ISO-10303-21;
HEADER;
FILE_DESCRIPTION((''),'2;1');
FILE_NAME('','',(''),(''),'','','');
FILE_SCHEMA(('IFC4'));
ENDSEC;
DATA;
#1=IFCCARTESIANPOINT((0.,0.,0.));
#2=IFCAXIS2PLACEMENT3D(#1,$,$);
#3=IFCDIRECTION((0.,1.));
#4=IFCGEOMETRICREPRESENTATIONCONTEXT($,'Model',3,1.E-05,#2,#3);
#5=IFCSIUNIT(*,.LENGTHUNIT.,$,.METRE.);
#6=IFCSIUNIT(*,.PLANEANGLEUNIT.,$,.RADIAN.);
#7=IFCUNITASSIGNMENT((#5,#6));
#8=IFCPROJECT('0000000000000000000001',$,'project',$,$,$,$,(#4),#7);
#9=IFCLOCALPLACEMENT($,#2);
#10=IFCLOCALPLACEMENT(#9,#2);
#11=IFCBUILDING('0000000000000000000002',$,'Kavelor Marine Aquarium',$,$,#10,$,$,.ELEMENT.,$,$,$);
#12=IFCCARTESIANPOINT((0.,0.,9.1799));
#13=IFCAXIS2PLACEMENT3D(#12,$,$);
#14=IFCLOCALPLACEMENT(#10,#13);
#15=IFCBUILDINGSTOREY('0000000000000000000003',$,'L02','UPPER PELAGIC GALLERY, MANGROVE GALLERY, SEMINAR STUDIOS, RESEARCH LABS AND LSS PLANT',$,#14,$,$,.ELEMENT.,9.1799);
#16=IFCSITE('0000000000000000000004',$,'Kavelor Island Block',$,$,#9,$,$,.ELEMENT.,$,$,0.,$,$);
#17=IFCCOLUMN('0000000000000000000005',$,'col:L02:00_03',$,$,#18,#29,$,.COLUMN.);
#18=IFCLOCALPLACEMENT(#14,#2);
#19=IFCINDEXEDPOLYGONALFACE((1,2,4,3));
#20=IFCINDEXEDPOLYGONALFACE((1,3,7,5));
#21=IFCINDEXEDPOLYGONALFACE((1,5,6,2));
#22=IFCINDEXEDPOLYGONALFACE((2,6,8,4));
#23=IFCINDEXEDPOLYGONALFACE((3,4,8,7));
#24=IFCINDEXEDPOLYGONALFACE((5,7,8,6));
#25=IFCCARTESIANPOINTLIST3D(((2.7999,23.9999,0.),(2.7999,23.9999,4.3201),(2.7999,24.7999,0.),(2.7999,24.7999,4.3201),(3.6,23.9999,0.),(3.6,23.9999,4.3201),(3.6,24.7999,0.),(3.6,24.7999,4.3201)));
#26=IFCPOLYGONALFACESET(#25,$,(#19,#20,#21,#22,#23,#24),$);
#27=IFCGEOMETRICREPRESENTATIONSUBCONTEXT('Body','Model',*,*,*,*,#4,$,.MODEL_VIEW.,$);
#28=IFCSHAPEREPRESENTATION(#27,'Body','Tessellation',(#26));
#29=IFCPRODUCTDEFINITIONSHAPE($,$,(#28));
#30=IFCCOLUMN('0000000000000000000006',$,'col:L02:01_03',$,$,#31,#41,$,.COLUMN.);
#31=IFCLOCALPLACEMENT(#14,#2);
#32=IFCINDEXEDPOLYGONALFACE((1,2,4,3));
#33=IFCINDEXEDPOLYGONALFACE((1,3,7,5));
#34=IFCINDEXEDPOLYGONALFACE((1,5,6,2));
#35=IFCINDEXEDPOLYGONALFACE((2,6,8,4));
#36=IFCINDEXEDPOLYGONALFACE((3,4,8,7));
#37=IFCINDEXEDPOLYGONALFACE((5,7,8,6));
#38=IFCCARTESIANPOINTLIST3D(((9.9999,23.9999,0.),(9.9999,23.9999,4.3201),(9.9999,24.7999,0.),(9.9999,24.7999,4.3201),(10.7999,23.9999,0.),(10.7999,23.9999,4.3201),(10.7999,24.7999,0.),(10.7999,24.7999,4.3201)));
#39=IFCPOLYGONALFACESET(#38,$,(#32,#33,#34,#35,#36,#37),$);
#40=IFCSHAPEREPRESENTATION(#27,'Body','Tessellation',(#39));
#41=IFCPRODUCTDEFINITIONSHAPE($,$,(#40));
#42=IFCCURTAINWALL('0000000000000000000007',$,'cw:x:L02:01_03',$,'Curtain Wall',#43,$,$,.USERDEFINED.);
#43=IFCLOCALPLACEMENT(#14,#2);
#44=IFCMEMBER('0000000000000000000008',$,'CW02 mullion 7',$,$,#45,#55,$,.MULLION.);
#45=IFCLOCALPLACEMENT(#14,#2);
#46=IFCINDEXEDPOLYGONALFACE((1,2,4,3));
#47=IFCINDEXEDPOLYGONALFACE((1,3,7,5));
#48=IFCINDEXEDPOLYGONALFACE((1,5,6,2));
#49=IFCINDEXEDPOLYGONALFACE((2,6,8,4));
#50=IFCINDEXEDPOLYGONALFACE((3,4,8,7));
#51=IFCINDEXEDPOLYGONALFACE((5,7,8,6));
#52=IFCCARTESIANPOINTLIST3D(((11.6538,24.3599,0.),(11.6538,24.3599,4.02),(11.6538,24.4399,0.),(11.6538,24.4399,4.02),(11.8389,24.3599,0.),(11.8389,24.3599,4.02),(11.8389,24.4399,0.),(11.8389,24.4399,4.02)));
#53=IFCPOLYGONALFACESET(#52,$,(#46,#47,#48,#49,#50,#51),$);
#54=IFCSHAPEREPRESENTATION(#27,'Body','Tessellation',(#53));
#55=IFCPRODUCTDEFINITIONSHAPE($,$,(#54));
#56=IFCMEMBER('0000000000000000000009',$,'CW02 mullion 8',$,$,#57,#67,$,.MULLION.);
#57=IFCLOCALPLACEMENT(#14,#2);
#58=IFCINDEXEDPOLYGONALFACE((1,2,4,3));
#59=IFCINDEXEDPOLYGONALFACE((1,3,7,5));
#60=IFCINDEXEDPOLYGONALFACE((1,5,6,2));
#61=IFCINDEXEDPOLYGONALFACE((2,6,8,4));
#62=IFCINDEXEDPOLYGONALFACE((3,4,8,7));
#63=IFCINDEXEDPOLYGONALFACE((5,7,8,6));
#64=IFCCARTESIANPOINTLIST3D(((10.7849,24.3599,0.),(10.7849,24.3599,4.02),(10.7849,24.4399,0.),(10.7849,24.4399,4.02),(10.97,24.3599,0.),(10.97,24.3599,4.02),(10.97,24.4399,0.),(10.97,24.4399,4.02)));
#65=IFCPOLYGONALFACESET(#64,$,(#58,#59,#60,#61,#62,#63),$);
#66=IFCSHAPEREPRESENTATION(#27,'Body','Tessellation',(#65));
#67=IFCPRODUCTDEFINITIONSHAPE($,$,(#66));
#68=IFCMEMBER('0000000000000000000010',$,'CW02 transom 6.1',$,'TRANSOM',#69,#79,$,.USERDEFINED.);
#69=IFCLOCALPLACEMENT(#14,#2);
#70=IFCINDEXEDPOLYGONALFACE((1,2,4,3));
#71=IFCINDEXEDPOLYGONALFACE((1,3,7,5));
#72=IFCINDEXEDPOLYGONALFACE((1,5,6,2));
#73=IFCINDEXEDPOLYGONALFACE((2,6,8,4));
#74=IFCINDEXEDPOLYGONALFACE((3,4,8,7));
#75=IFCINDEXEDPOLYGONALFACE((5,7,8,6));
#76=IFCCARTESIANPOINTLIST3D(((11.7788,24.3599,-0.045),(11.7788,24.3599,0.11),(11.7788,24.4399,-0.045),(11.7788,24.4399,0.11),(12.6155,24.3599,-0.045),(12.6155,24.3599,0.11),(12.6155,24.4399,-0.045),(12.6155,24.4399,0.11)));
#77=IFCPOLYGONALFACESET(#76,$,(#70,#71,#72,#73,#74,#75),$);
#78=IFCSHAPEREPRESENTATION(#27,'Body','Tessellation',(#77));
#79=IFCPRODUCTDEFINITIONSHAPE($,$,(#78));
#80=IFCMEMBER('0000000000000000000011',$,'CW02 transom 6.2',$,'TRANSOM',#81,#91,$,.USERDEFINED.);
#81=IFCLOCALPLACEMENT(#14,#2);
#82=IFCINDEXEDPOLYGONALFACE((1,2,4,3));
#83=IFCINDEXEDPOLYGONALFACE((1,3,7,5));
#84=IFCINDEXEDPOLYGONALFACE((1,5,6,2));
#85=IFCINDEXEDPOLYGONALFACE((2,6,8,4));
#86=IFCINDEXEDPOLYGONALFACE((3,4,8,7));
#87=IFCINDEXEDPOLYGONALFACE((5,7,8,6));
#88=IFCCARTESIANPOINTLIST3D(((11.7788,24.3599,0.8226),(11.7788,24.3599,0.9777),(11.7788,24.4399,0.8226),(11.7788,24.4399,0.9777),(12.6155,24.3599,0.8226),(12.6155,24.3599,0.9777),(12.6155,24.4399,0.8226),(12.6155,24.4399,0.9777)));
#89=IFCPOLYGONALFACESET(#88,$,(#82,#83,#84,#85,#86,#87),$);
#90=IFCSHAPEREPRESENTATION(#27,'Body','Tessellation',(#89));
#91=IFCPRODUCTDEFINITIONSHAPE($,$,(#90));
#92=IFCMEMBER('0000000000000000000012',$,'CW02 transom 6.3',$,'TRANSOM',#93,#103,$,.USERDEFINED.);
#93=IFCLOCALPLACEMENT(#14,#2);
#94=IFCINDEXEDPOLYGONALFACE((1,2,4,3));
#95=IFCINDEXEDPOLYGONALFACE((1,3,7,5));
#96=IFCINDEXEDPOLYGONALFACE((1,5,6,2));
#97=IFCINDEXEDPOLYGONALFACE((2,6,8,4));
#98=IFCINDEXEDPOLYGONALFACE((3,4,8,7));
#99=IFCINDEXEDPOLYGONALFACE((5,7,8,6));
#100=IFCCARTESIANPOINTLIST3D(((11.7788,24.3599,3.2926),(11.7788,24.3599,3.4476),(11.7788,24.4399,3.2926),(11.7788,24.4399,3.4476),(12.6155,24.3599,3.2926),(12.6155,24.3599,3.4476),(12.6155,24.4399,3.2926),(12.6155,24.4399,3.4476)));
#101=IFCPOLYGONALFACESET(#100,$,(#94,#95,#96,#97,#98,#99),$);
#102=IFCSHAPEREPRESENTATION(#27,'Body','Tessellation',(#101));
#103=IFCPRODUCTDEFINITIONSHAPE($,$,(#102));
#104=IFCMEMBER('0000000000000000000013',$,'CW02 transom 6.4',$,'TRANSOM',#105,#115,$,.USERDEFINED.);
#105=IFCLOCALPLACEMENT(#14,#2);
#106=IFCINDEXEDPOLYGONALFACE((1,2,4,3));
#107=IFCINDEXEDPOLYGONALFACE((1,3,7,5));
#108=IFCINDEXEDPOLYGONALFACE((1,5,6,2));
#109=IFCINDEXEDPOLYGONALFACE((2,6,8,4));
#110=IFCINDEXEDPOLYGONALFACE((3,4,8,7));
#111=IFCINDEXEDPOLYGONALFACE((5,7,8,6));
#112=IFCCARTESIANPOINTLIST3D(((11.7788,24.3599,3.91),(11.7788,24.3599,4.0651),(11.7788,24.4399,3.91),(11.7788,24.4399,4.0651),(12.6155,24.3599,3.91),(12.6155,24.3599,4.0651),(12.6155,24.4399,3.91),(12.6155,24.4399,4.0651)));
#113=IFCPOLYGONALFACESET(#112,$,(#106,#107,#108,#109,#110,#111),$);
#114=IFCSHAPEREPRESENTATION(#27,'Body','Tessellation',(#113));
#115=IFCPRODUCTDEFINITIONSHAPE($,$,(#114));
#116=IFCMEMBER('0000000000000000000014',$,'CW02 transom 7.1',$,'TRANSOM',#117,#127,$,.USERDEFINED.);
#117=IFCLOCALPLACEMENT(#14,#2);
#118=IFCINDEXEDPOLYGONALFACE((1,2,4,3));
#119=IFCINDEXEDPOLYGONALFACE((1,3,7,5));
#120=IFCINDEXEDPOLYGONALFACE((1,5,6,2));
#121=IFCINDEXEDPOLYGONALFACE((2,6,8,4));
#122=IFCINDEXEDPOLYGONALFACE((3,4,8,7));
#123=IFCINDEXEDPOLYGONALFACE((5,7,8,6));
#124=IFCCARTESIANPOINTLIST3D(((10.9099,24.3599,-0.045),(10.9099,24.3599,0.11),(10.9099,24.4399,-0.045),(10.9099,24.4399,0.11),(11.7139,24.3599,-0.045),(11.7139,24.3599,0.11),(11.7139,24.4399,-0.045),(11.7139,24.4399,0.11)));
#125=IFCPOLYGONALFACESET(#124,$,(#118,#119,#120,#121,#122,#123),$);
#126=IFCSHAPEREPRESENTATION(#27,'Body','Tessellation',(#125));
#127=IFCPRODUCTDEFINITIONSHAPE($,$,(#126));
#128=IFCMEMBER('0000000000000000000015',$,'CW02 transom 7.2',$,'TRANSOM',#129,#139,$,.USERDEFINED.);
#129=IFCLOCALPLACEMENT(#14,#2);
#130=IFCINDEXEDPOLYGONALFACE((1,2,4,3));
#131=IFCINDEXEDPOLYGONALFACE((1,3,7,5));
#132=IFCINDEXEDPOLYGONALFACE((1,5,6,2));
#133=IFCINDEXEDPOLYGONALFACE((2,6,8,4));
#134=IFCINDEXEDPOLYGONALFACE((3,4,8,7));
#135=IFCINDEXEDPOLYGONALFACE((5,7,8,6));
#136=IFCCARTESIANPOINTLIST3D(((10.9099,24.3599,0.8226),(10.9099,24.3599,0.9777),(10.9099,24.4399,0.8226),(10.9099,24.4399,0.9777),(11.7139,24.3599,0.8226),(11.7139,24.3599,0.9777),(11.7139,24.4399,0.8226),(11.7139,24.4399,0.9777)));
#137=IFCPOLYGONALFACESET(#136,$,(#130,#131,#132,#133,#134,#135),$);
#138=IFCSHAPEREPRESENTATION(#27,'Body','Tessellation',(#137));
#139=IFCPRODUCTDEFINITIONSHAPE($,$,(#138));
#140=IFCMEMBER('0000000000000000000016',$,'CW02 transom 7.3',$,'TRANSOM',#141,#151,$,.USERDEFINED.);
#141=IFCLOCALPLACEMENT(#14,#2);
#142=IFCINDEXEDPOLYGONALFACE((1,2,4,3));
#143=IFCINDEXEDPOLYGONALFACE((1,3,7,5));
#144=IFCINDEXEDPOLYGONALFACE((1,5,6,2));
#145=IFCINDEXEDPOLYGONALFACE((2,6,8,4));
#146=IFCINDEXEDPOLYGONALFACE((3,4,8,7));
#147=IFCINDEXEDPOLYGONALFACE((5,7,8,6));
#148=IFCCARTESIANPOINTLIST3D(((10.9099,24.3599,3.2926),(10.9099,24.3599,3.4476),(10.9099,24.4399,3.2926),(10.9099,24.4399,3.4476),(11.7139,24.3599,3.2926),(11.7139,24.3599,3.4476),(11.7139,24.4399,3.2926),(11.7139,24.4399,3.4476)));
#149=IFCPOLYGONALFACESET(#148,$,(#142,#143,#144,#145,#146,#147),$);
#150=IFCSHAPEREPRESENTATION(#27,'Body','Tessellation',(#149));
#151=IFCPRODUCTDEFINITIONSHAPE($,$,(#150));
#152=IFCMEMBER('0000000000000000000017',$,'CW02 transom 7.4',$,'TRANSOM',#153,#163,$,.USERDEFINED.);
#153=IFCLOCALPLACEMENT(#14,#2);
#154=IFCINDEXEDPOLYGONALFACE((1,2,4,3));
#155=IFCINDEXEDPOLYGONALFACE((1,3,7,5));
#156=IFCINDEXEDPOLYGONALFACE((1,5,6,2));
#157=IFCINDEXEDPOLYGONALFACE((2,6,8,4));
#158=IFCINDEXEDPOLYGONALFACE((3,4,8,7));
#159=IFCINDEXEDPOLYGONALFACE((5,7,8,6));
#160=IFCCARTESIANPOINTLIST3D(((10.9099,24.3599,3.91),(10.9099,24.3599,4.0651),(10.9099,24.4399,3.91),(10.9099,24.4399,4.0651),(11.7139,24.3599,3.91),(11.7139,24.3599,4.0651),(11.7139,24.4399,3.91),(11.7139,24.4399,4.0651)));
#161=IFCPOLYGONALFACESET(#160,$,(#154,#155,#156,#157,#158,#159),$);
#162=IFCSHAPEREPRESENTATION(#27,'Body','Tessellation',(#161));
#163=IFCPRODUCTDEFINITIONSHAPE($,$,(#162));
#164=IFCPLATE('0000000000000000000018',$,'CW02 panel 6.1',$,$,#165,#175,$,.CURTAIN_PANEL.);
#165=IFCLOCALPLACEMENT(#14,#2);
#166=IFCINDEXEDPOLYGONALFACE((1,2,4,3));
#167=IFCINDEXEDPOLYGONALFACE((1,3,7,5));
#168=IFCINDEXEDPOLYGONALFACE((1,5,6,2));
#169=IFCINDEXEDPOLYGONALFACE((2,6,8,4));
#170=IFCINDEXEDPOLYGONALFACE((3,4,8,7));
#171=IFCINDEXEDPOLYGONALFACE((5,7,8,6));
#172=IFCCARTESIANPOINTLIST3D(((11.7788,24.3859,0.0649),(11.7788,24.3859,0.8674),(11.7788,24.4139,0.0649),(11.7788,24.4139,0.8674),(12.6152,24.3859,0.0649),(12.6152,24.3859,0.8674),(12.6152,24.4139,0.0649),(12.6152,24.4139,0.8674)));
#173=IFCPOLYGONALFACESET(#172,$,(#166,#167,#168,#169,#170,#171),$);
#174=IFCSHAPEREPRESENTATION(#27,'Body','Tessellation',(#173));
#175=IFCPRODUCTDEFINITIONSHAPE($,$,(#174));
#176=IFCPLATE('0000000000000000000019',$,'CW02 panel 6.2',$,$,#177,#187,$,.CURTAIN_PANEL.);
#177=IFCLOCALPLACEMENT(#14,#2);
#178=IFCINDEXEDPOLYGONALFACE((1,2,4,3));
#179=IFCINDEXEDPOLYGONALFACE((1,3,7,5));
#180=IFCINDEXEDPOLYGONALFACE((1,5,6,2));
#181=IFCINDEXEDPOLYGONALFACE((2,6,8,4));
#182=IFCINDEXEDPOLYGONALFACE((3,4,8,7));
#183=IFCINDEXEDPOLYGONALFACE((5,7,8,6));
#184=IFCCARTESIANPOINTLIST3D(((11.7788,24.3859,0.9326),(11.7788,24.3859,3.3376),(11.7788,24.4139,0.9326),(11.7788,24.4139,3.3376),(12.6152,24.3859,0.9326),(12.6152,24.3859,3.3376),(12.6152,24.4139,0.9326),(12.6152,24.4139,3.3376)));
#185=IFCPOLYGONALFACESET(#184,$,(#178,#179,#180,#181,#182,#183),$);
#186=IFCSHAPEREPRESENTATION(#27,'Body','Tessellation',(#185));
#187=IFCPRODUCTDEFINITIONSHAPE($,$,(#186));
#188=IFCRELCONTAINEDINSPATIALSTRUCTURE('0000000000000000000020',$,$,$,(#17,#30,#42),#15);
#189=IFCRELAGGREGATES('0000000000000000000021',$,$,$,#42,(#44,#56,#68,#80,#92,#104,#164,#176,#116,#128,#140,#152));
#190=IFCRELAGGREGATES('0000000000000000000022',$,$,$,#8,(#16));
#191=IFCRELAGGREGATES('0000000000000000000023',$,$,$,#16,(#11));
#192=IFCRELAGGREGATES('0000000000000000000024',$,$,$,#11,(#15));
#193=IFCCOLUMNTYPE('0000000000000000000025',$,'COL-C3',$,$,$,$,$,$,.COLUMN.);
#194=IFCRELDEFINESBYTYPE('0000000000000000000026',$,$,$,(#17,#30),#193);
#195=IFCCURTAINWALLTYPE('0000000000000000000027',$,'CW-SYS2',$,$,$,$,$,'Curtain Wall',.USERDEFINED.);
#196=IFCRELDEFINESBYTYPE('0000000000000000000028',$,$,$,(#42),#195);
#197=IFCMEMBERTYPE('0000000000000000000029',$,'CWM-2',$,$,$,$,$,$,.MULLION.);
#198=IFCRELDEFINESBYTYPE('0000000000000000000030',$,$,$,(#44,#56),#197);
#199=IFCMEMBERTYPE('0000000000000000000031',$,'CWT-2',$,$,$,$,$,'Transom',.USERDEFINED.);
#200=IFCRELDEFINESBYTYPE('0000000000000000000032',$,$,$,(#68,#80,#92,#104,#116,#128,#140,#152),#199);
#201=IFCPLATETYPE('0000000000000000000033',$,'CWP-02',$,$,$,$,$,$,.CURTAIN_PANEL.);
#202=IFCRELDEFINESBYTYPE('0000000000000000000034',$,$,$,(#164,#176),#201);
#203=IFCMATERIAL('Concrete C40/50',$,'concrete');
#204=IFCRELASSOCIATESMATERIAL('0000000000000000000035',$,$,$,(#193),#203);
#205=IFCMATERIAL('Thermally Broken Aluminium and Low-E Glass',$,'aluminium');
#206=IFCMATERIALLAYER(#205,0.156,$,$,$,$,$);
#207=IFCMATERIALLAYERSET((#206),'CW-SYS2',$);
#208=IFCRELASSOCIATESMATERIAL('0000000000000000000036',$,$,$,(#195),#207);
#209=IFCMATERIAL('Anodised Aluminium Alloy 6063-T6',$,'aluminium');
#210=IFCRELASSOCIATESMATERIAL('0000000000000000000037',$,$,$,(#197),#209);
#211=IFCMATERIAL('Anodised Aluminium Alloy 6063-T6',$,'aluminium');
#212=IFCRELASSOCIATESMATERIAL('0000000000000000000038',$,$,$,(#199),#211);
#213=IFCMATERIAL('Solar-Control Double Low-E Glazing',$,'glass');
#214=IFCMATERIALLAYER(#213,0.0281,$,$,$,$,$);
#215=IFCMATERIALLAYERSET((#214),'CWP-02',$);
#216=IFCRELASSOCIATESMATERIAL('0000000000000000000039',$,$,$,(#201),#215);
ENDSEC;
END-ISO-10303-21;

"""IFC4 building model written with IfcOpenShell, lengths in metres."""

from ifc_helpers import new_model, si_unit, direction, frame, origin, origin_2d, place, context, subcontext, project, spatial, rectangle, extrude, material, layer, layer_set, material_profile, profile_set, type_object, element, aggregate, save


model = new_model("IFC4")

# Units and contexts
model_context = context("Model", 3, precision=1e-05, world=origin(), true_north=direction((0.0, 1.0)))
body_context = subcontext(model_context, "Body", "Model", "MODEL_VIEW")
ifc_project = project(units=[si_unit("LENGTHUNIT", "METRE"), si_unit("PLANEANGLEUNIT", "RADIAN")], contexts=[model_context])

# Site, building, storey
site_placement = place(None, origin())
site = spatial("IfcSite", under=ifc_project, at=site_placement, Name="Kavelor Island Block", CompositionType="ELEMENT", RefElevation=0.0)
building_placement = place(site_placement, origin())
building = spatial("IfcBuilding", under=site, at=building_placement, Name="Kavelor Marine Aquarium", CompositionType="ELEMENT")
storey_placement = place(building_placement, frame((0.0, 0.0, 9.1799)))
storey = spatial("IfcBuildingStorey", under=building, at=storey_placement, Name="L02", Description="UPPER PELAGIC GALLERY, MANGROVE GALLERY, SEMINAR STUDIOS, RESEARCH LABS AND LSS PLANT", CompositionType="ELEMENT", Elevation=9.1799)

# Columns
ifc_material_1 = material(Name="Concrete C40/50", Category="concrete")
ifc_material_profile_1 = material_profile(ifc_material_1, rectangle(XDim=0.8, YDim=0.8, at=origin_2d()), Name="RC-COL 800x800")
ifc_profile_set_1 = profile_set([ifc_material_profile_1], Name="Concrete C40/50")
column_type = type_object("IfcColumnType", Name="COL-C3", PredefinedType="COLUMN", material=ifc_profile_set_1)
for number, where, z_axis, x_axis, name in (
    (1, (3.2, 24.3999, 0.0), (0.0, 0.0, 1.0), (1.0, 0.0, 0.0), "col:L02:00_03"),
    (2, (10.3999, 24.3999, 0.0), (0.0, 0.0, 1.0), (1.0, 0.0, 0.0), "col:L02:01_03"),
):
    element("IfcColumn", number, at=place(storey_placement, frame(where, z_axis=z_axis, x_axis=x_axis)), inside=storey, type_object=column_type, Name=name, PredefinedType="COLUMN", context=body_context, shape_type="SweptSolid", body=[
        extrude(rectangle(XDim=0.8, YDim=0.8, at=origin_2d()), origin(), (0.0, 0.0, 1.0), 4.3201),
    ])

# Curtain wall, members, plates
ifc_material_2 = material(Name="Thermally Broken Aluminium and Low-E Glass", Category="aluminium")
ifc_layer_1 = layer(ifc_material_2, 0.156)
ifc_layer_set_1 = layer_set([ifc_layer_1], Name="CW-SYS2")
curtain_wall_type = type_object("IfcCurtainWallType", Name="CW-SYS2", ElementType="Curtain Wall", PredefinedType="USERDEFINED", material=ifc_layer_set_1)
curtain_wall_placement = place(storey_placement, origin())
curtain_wall = element("IfcCurtainWall", 3, at=curtain_wall_placement, inside=storey, type_object=curtain_wall_type, Name="cw:x:L02:01_03", ObjectType="Curtain Wall", PredefinedType="USERDEFINED")
ifc_material_3 = material(Name="Anodised Aluminium Alloy 6063-T6", Category="aluminium")
ifc_material_profile_2 = material_profile(ifc_material_3, rectangle(XDim=0.0801, YDim=0.1851, at=origin_2d()), Name="CW-MUL 80x185")
ifc_profile_set_2 = profile_set([ifc_material_profile_2], Name="Anodised Aluminium Alloy 6063-T6")
member_type_1 = type_object("IfcMemberType", Name="CWM-2", PredefinedType="MULLION", material=ifc_profile_set_2)
member_1_placement = place(storey_placement, frame((11.7463, 24.3999, 0.0), z_axis=(0.0, 0.0, 1.0), x_axis=(0.0, -1.0, 0.0)))
member_1 = element("IfcMember", 4, at=member_1_placement, type_object=member_type_1, Name="CW02 mullion 7", PredefinedType="MULLION", context=body_context, shape_type="SweptSolid", body=[
    extrude(rectangle(XDim=0.0801, YDim=0.1851, at=origin_2d()), origin(), (0.0, 0.0, 1.0), 4.02),
])
member_2_placement = place(storey_placement, frame((10.8774, 24.3999, 0.0), z_axis=(0.0, 0.0, 1.0), x_axis=(0.0, -1.0, 0.0)))
member_2 = element("IfcMember", 5, at=member_2_placement, type_object=member_type_1, Name="CW02 mullion 8", PredefinedType="MULLION", context=body_context, shape_type="SweptSolid", body=[
    extrude(rectangle(XDim=0.0801, YDim=0.1851, at=origin_2d()), origin(), (0.0, 0.0, 1.0), 4.02),
])
ifc_material_4 = material(Name="Anodised Aluminium Alloy 6063-T6", Category="aluminium")
ifc_material_profile_3 = material_profile(ifc_material_4, rectangle(XDim=0.0801, YDim=0.155, at=origin_2d()), Name="CW-TRN 80x155")
ifc_profile_set_3 = profile_set([ifc_material_profile_3], Name="Anodised Aluminium Alloy 6063-T6")
member_type_2 = type_object("IfcMemberType", Name="CWT-2", ElementType="Transom", PredefinedType="USERDEFINED", material=ifc_profile_set_3)
member_3_placement = place(storey_placement, frame((12.6155, 24.3999, 0.0325), z_axis=(-1.0, 0.0, 0.0), x_axis=(0.0, -1.0, 0.0)))
member_3 = element("IfcMember", 6, at=member_3_placement, type_object=member_type_2, Name="CW02 transom 6.1", ObjectType="TRANSOM", PredefinedType="USERDEFINED", context=body_context, shape_type="SweptSolid", body=[
    extrude(rectangle(XDim=0.0801, YDim=0.155, at=origin_2d()), origin(), (0.0, 0.0, 1.0), 0.8367),
])
member_4_placement = place(storey_placement, frame((12.6155, 24.3999, 0.9001), z_axis=(-1.0, 0.0, 0.0), x_axis=(0.0, -1.0, 0.0)))
member_4 = element("IfcMember", 7, at=member_4_placement, type_object=member_type_2, Name="CW02 transom 6.2", ObjectType="TRANSOM", PredefinedType="USERDEFINED", context=body_context, shape_type="SweptSolid", body=[
    extrude(rectangle(XDim=0.0801, YDim=0.155, at=origin_2d()), origin(), (0.0, 0.0, 1.0), 0.8367),
])
member_5_placement = place(storey_placement, frame((12.6155, 24.3999, 3.3701), z_axis=(-1.0, 0.0, 0.0), x_axis=(0.0, -1.0, 0.0)))
member_5 = element("IfcMember", 8, at=member_5_placement, type_object=member_type_2, Name="CW02 transom 6.3", ObjectType="TRANSOM", PredefinedType="USERDEFINED", context=body_context, shape_type="SweptSolid", body=[
    extrude(rectangle(XDim=0.0801, YDim=0.155, at=origin_2d()), origin(), (0.0, 0.0, 1.0), 0.8367),
])
member_6_placement = place(storey_placement, frame((12.6155, 24.3999, 3.9875), z_axis=(-1.0, 0.0, 0.0), x_axis=(0.0, -1.0, 0.0)))
member_6 = element("IfcMember", 9, at=member_6_placement, type_object=member_type_2, Name="CW02 transom 6.4", ObjectType="TRANSOM", PredefinedType="USERDEFINED", context=body_context, shape_type="SweptSolid", body=[
    extrude(rectangle(XDim=0.0801, YDim=0.155, at=origin_2d()), origin(), (0.0, 0.0, 1.0), 0.8367),
])
member_7_placement = place(storey_placement, frame((11.7139, 24.3999, 0.0325), z_axis=(-1.0, 0.0, 0.0), x_axis=(0.0, -1.0, 0.0)))
member_7 = element("IfcMember", 10, at=member_7_placement, type_object=member_type_2, Name="CW02 transom 7.1", ObjectType="TRANSOM", PredefinedType="USERDEFINED", context=body_context, shape_type="SweptSolid", body=[
    extrude(rectangle(XDim=0.0801, YDim=0.155, at=origin_2d()), origin(), (0.0, 0.0, 1.0), 0.804),
])
member_8_placement = place(storey_placement, frame((11.7139, 24.3999, 0.9001), z_axis=(-1.0, 0.0, 0.0), x_axis=(0.0, -1.0, 0.0)))
member_8 = element("IfcMember", 11, at=member_8_placement, type_object=member_type_2, Name="CW02 transom 7.2", ObjectType="TRANSOM", PredefinedType="USERDEFINED", context=body_context, shape_type="SweptSolid", body=[
    extrude(rectangle(XDim=0.0801, YDim=0.155, at=origin_2d()), origin(), (0.0, 0.0, 1.0), 0.804),
])
member_9_placement = place(storey_placement, frame((11.7139, 24.3999, 3.3701), z_axis=(-1.0, 0.0, 0.0), x_axis=(0.0, -1.0, 0.0)))
member_9 = element("IfcMember", 12, at=member_9_placement, type_object=member_type_2, Name="CW02 transom 7.3", ObjectType="TRANSOM", PredefinedType="USERDEFINED", context=body_context, shape_type="SweptSolid", body=[
    extrude(rectangle(XDim=0.0801, YDim=0.155, at=origin_2d()), origin(), (0.0, 0.0, 1.0), 0.804),
])
member_10_placement = place(storey_placement, frame((11.7139, 24.3999, 3.9875), z_axis=(-1.0, 0.0, 0.0), x_axis=(0.0, -1.0, 0.0)))
member_10 = element("IfcMember", 13, at=member_10_placement, type_object=member_type_2, Name="CW02 transom 7.4", ObjectType="TRANSOM", PredefinedType="USERDEFINED", context=body_context, shape_type="SweptSolid", body=[
    extrude(rectangle(XDim=0.0801, YDim=0.155, at=origin_2d()), origin(), (0.0, 0.0, 1.0), 0.804),
])
ifc_material_5 = material(Name="Solar-Control Double Low-E Glazing", Category="glass")
ifc_layer_2 = layer(ifc_material_5, 0.0281)
ifc_layer_set_2 = layer_set([ifc_layer_2], Name="CWP-02")
plate_type = type_object("IfcPlateType", Name="CWP-02", PredefinedType="CURTAIN_PANEL", material=ifc_layer_set_2)
plate_1_placement = place(storey_placement, frame((12.197, 24.3999, 0.0649), z_axis=(0.0, 0.0, 1.0), x_axis=(-1.0, 0.0, 0.0)))
plate_1 = element("IfcPlate", 14, at=plate_1_placement, type_object=plate_type, Name="CW02 panel 6.1", PredefinedType="CURTAIN_PANEL", context=body_context, shape_type="SweptSolid", body=[
    extrude(rectangle(XDim=0.8364, YDim=0.0281, at=origin_2d()), origin(), (0.0, 0.0, 1.0), 0.8025),
])
plate_2_placement = place(storey_placement, frame((12.197, 24.3999, 0.9326), z_axis=(0.0, 0.0, 1.0), x_axis=(-1.0, 0.0, 0.0)))
plate_2 = element("IfcPlate", 15, at=plate_2_placement, type_object=plate_type, Name="CW02 panel 6.2", PredefinedType="CURTAIN_PANEL", context=body_context, shape_type="SweptSolid", body=[
    extrude(rectangle(XDim=0.8364, YDim=0.0281, at=origin_2d()), origin(), (0.0, 0.0, 1.0), 2.405),
])
aggregate(curtain_wall, [member_1, member_2, member_3, member_4, member_5, member_6, plate_1, plate_2, member_7, member_8, member_9, member_10])

save(model, "model.ifc")
